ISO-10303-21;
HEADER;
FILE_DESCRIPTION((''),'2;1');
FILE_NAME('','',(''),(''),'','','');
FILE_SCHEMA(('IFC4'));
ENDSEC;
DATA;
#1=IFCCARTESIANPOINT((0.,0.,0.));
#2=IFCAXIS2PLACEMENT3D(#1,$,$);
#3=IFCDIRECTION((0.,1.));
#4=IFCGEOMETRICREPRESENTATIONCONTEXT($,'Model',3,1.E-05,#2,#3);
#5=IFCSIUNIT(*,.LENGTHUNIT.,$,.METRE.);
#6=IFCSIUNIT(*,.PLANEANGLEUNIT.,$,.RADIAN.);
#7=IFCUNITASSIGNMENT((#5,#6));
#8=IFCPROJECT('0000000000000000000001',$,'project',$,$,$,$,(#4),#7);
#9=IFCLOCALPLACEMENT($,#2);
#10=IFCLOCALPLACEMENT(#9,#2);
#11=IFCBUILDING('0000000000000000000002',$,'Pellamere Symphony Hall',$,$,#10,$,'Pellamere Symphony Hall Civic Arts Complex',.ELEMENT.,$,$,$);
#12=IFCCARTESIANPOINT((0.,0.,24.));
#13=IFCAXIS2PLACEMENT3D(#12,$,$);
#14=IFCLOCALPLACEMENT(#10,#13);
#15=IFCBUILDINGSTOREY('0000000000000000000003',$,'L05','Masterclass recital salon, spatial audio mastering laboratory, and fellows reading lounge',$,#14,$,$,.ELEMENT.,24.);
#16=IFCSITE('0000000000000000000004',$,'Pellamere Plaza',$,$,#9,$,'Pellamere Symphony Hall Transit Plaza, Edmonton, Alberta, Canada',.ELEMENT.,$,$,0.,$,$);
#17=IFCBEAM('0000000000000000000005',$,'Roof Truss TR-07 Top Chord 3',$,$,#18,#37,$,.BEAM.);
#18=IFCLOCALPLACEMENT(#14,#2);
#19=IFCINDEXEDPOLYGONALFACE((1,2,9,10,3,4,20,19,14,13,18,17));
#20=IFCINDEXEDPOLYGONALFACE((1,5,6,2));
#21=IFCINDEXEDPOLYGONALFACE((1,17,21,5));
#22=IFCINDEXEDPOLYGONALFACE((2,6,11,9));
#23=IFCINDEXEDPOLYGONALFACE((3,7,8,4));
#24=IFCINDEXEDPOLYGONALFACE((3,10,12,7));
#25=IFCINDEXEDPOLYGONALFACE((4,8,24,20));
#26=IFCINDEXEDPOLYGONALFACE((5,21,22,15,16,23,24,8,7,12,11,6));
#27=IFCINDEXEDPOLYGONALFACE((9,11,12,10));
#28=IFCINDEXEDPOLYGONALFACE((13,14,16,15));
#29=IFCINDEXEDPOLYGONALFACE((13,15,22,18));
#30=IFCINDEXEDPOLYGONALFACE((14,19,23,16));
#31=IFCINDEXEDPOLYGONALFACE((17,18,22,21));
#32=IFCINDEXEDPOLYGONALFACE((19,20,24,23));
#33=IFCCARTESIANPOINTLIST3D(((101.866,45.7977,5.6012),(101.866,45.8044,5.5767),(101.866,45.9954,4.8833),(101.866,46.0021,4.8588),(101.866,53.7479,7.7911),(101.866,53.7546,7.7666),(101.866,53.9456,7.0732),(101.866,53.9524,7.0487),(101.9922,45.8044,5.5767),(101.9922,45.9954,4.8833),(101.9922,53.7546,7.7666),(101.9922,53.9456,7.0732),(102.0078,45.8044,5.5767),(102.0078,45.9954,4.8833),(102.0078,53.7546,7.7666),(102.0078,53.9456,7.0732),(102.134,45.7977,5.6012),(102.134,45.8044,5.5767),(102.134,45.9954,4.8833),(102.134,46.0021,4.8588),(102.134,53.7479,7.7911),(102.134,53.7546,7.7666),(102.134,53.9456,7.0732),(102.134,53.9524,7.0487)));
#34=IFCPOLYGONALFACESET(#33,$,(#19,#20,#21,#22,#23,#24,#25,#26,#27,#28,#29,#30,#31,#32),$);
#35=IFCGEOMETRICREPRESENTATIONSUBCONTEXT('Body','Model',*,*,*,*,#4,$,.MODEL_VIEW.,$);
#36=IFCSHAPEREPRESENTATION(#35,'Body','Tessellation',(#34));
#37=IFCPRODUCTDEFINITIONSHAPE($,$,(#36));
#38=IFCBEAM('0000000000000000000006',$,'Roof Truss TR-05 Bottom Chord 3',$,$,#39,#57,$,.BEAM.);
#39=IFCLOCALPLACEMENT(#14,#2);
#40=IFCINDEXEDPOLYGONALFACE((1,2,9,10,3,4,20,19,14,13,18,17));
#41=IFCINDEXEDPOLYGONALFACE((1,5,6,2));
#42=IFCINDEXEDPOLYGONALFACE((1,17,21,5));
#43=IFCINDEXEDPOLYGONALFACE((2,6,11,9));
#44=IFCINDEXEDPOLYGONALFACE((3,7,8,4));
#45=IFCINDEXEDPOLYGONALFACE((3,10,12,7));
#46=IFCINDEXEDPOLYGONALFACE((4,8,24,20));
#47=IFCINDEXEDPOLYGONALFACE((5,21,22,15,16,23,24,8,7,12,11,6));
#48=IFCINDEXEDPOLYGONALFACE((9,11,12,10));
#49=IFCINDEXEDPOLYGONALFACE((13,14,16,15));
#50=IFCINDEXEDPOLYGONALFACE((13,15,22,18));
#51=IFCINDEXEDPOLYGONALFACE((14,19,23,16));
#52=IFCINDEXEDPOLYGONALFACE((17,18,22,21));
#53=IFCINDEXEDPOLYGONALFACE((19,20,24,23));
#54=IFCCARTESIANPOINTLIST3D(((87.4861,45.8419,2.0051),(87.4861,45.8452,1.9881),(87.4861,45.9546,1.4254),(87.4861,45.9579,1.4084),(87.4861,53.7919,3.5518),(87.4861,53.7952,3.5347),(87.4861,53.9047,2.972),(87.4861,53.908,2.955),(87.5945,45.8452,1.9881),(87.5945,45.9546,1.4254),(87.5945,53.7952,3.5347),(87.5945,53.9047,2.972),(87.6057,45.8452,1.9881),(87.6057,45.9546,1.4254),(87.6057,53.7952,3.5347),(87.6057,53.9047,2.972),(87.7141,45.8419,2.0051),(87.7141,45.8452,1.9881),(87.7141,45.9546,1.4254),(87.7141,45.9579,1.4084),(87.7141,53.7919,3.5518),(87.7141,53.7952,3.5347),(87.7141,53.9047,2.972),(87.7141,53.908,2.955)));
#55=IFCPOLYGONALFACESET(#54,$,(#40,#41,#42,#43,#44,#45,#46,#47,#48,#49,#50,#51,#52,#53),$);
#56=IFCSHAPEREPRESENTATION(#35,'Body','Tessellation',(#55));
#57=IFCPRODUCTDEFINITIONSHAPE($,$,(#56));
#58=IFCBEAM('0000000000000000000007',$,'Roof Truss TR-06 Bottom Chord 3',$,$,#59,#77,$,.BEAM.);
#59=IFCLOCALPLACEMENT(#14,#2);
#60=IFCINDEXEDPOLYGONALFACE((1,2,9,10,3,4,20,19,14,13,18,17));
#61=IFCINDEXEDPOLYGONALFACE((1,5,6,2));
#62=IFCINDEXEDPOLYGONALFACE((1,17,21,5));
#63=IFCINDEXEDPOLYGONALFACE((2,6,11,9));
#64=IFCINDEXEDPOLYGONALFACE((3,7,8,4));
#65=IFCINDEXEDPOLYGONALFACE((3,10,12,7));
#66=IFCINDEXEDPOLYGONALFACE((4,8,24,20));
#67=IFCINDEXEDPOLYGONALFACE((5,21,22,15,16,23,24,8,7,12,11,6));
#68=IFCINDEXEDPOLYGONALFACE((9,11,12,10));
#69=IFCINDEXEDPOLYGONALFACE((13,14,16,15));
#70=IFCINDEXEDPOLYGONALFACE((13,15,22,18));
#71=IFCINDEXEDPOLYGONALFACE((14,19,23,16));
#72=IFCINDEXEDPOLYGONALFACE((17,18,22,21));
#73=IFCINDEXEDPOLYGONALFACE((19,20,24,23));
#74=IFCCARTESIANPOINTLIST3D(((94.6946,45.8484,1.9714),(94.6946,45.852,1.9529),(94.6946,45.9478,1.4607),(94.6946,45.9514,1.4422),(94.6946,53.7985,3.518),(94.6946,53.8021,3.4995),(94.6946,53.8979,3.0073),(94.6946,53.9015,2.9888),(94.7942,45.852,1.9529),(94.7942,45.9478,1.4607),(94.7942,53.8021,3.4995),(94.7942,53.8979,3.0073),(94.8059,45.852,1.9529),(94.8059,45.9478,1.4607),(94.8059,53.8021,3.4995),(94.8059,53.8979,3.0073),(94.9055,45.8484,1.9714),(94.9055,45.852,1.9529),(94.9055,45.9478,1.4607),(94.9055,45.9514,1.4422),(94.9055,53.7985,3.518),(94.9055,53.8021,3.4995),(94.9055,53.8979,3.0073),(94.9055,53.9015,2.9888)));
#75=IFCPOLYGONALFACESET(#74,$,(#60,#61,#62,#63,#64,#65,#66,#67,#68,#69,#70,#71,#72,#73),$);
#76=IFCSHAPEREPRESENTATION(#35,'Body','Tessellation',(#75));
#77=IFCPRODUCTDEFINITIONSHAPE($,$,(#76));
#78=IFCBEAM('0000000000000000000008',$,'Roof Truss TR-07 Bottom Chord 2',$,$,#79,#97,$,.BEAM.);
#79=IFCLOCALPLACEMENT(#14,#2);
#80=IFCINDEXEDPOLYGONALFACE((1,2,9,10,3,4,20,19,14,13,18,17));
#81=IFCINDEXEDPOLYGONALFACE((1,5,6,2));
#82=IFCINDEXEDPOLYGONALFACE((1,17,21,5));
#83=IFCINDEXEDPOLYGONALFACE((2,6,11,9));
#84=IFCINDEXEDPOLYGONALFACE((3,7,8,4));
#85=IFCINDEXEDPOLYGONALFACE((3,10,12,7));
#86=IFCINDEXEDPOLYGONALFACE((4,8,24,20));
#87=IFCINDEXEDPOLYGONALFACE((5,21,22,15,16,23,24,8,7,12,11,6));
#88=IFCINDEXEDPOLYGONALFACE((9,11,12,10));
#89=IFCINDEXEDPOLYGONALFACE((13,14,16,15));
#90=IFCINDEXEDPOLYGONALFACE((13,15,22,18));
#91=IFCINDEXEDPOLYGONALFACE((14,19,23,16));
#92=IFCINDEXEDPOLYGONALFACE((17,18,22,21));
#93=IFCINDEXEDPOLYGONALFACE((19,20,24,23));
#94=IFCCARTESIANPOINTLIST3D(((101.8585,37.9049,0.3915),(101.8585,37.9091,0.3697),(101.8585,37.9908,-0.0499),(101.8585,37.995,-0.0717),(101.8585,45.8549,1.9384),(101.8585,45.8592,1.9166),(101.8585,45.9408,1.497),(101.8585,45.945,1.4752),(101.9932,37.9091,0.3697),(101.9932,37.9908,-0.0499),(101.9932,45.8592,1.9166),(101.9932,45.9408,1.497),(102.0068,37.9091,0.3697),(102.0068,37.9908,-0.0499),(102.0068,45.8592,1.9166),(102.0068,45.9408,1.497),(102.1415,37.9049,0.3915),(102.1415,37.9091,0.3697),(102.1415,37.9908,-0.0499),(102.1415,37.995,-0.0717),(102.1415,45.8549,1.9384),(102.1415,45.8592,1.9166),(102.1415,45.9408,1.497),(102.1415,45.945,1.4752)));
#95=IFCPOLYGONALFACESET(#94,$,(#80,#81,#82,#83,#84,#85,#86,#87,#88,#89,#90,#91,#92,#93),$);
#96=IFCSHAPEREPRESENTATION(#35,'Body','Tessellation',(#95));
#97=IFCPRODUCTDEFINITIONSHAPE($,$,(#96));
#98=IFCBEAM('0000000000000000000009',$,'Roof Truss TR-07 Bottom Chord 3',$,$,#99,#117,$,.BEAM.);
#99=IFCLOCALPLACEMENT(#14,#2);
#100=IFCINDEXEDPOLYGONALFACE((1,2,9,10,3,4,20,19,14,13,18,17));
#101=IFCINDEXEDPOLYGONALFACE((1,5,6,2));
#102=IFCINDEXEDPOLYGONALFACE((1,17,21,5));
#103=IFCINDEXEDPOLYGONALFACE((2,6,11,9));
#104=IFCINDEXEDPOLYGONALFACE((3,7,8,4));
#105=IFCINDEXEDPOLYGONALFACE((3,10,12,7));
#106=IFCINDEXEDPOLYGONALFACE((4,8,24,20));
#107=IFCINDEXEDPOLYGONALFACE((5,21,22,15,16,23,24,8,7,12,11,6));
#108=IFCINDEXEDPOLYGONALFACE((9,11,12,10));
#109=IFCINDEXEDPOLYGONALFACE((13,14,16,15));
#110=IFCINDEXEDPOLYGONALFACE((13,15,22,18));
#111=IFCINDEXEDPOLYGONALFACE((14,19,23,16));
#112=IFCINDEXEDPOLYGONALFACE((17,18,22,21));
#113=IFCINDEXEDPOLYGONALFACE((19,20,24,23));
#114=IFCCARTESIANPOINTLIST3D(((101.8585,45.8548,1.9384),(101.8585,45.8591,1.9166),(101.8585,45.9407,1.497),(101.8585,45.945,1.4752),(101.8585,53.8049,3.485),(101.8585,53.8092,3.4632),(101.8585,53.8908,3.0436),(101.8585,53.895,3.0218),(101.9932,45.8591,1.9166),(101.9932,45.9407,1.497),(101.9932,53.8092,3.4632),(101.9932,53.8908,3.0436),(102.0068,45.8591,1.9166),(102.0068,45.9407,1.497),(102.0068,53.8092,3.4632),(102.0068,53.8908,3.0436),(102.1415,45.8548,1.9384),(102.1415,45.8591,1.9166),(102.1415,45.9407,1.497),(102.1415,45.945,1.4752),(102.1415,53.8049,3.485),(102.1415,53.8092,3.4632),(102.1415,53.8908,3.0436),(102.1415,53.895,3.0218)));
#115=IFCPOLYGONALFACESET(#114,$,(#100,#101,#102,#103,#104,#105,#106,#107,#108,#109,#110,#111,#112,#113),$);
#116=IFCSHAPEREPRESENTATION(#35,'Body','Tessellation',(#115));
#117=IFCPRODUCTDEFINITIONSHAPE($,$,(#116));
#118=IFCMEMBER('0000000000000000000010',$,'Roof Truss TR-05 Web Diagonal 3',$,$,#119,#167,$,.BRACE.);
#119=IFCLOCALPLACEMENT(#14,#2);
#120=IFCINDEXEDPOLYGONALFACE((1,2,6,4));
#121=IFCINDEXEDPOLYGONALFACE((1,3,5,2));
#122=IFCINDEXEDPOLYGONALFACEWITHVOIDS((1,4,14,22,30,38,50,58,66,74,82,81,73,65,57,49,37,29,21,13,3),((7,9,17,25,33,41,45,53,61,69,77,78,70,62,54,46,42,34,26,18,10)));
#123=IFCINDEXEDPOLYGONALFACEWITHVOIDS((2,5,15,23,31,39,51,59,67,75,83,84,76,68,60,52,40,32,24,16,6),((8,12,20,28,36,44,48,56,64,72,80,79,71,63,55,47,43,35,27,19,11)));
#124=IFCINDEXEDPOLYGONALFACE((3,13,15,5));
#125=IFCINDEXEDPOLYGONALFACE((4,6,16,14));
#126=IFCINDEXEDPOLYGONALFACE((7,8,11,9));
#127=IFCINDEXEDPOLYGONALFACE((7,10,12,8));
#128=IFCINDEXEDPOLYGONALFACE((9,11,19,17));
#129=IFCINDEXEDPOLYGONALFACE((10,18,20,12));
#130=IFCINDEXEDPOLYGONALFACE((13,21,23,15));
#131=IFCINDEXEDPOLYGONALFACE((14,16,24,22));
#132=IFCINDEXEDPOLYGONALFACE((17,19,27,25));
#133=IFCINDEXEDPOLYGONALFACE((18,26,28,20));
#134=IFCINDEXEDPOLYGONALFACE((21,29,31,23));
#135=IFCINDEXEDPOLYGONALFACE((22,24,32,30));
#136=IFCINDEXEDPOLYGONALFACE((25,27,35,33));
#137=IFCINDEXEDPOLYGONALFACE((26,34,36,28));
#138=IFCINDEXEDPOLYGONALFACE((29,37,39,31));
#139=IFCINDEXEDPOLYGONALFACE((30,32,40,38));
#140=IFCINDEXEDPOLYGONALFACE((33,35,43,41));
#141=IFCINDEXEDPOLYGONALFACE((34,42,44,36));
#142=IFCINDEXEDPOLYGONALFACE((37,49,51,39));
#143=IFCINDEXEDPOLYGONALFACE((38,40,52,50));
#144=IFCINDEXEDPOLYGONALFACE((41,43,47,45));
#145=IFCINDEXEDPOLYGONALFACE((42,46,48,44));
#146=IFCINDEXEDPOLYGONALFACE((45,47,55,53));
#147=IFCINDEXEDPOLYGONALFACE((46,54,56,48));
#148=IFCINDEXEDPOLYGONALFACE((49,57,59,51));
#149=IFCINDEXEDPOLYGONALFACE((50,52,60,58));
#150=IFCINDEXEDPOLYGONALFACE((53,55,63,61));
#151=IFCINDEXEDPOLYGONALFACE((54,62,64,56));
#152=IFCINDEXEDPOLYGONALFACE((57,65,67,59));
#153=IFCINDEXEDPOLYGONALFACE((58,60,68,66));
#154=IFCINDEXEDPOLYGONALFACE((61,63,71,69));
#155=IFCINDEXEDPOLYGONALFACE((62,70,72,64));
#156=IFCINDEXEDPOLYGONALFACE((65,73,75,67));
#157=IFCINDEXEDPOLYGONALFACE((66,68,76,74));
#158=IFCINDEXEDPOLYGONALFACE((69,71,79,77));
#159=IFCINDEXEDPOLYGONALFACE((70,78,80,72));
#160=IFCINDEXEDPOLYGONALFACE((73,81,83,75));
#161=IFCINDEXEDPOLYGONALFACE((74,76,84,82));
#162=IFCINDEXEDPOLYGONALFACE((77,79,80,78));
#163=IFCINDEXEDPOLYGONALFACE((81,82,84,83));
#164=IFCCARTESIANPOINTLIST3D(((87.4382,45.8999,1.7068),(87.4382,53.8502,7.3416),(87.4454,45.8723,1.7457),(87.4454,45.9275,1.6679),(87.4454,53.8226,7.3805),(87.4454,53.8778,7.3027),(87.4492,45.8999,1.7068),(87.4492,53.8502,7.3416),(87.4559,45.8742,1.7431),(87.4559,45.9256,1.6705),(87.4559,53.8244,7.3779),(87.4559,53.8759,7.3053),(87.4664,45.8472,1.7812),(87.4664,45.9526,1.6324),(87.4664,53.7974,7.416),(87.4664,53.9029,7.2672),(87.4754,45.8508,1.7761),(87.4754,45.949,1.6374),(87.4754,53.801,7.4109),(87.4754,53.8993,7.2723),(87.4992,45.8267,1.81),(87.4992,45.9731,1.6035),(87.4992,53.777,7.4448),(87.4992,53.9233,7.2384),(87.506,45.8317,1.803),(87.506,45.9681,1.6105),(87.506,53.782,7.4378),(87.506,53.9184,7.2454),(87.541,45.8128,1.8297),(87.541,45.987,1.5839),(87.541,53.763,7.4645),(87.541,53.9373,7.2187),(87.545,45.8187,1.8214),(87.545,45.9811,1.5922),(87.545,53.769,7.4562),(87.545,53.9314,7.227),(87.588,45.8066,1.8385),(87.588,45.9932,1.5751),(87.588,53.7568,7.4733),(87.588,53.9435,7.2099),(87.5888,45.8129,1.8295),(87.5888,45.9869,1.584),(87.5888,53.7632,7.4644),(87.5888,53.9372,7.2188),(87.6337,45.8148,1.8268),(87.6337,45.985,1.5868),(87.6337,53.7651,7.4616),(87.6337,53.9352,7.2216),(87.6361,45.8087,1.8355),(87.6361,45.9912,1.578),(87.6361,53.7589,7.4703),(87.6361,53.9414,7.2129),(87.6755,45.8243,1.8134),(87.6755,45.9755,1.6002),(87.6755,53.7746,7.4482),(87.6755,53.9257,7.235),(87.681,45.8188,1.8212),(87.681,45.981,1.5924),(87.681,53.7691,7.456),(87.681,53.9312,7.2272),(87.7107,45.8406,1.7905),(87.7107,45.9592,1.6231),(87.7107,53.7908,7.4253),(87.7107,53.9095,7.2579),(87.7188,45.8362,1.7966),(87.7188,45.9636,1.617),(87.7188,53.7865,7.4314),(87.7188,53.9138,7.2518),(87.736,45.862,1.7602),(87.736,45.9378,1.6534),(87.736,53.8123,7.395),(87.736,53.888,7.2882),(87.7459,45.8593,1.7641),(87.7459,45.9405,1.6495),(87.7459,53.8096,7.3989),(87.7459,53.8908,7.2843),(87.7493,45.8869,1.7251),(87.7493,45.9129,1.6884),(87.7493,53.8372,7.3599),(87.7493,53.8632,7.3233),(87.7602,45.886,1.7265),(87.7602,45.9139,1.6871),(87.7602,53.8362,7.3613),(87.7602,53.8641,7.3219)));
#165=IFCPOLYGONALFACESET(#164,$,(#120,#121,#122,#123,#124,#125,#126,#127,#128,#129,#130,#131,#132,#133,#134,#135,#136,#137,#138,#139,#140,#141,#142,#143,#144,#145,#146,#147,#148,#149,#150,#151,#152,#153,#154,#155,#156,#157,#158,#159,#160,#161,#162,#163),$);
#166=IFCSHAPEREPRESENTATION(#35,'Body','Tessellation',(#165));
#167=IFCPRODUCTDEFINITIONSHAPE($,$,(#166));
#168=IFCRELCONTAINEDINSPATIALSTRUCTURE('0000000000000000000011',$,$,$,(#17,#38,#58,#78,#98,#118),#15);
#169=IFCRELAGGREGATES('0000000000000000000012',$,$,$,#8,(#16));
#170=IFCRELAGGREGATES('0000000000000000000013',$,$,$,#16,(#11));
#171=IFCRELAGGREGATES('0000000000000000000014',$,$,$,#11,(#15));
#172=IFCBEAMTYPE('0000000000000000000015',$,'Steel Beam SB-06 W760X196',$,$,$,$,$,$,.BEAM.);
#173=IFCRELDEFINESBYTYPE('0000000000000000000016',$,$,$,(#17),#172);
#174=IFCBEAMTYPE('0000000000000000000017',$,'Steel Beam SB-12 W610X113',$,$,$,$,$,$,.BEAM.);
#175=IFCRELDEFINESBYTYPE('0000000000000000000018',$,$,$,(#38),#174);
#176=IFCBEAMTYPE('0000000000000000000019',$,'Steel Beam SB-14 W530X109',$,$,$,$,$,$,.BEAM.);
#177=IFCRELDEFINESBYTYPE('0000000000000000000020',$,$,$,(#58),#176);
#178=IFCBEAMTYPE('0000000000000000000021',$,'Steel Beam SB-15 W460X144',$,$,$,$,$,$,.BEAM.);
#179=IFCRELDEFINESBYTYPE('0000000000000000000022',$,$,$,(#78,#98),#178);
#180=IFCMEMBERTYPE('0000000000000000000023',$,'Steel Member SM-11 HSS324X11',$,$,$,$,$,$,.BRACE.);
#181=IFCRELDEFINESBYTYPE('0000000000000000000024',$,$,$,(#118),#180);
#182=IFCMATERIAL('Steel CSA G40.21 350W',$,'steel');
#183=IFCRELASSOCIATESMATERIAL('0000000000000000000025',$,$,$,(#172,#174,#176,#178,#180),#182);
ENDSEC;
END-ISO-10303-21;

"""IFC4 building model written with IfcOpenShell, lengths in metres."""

from ifc_helpers import new_model, si_unit, direction, frame, origin, origin_2d, place, context, subcontext, project, spatial, hollow_circle, i_section, extrude, material, material_profile, profile_set, type_object, element, save


model = new_model("IFC4")

# Units and contexts
model_context = context("Model", 3, precision=1e-05, world=origin(), true_north=direction((0.0, 1.0)))
body_context = subcontext(model_context, "Body", "Model", "MODEL_VIEW")
ifc_project = project(units=[si_unit("LENGTHUNIT", "METRE"), si_unit("PLANEANGLEUNIT", "RADIAN")], contexts=[model_context])

# Site, building, storey
site_placement = place(None, origin())
site = spatial("IfcSite", under=ifc_project, at=site_placement, Name="Pellamere Plaza", LongName="Pellamere Symphony Hall Transit Plaza, Edmonton, Alberta, Canada", CompositionType="ELEMENT", RefElevation=0.0)
building_placement = place(site_placement, origin())
building = spatial("IfcBuilding", under=site, at=building_placement, Name="Pellamere Symphony Hall", LongName="Pellamere Symphony Hall Civic Arts Complex", CompositionType="ELEMENT")
storey_placement = place(building_placement, frame((0.0, 0.0, 24.0)))
storey = spatial("IfcBuildingStorey", under=building, at=storey_placement, Name="L05", Description="Masterclass recital salon, spatial audio mastering laboratory, and fellows reading lounge", CompositionType="ELEMENT", Elevation=24.0)

# Beams
ifc_material_1 = material(Name="Steel CSA G40.21 350W", Category="steel")
ifc_material_profile_1 = material_profile(ifc_material_1, i_section(OverallWidth=0.2681, OverallDepth=0.77, WebThickness=0.0156, FlangeThickness=0.0254, at=origin_2d()), Name="W760X196")
ifc_profile_set_1 = profile_set([ifc_material_profile_1], Name="Steel CSA G40.21 350W")
beam_type_1 = type_object("IfcBeamType", Name="Steel Beam SB-06 W760X196", PredefinedType="BEAM", material=ifc_profile_set_1)
beam_1_placement = place(storey_placement, frame((102.0, 45.8999, 5.23), z_axis=(0.0, 0.964093, 0.265567), x_axis=(-1.0, 0.0, 0.0)))
element("IfcBeam", 1, at=beam_1_placement, inside=storey, type_object=beam_type_1, Name="Roof Truss TR-07 Top Chord 3", PredefinedType="BEAM", context=body_context, shape_type="SweptSolid", body=[
    extrude(i_section(OverallWidth=0.2681, OverallDepth=0.77, WebThickness=0.0156, FlangeThickness=0.0254, at=origin_2d()), origin(), (0.0, 0.0, 1.0), 8.2463),
])
ifc_material_profile_2 = material_profile(ifc_material_1, i_section(OverallWidth=0.228, OverallDepth=0.6079, WebThickness=0.0112, FlangeThickness=0.0173, at=origin_2d()), Name="W610X113")
ifc_profile_set_2 = profile_set([ifc_material_profile_2], Name="Steel CSA G40.21 350W")
beam_type_2 = type_object("IfcBeamType", Name="Steel Beam SB-12 W610X113", PredefinedType="BEAM", material=ifc_profile_set_2)
beam_2_placement = place(storey_placement, frame((87.6001, 45.8999, 1.7068), z_axis=(0.0, 0.981598, 0.19096), x_axis=(-1.0, 0.0, 0.0)))
element("IfcBeam", 2, at=beam_2_placement, inside=storey, type_object=beam_type_2, Name="Roof Truss TR-05 Bottom Chord 3", PredefinedType="BEAM", context=body_context, shape_type="SweptSolid", body=[
    extrude(i_section(OverallWidth=0.228, OverallDepth=0.6079, WebThickness=0.0112, FlangeThickness=0.0173, at=origin_2d()), origin(), (0.0, 0.0, 1.0), 8.0991),
])
ifc_material_profile_3 = material_profile(ifc_material_1, i_section(OverallWidth=0.2109, OverallDepth=0.5391, WebThickness=0.0117, FlangeThickness=0.0188, at=origin_2d()), Name="W530X109")
ifc_profile_set_3 = profile_set([ifc_material_profile_3], Name="Steel CSA G40.21 350W")
beam_type_3 = type_object("IfcBeamType", Name="Steel Beam SB-14 W530X109", PredefinedType="BEAM", material=ifc_profile_set_3)
beam_3_placement = place(storey_placement, frame((94.8, 45.8999, 1.7068), z_axis=(0.0, 0.981598, 0.19096), x_axis=(-1.0, 0.0, 0.0)))
element("IfcBeam", 3, at=beam_3_placement, inside=storey, type_object=beam_type_3, Name="Roof Truss TR-06 Bottom Chord 3", PredefinedType="BEAM", context=body_context, shape_type="SweptSolid", body=[
    extrude(i_section(OverallWidth=0.2109, OverallDepth=0.5391, WebThickness=0.0117, FlangeThickness=0.0188, at=origin_2d()), origin(), (0.0, 0.0, 1.0), 8.0991),
])
ifc_material_profile_4 = material_profile(ifc_material_1, i_section(OverallWidth=0.283, OverallDepth=0.4719, WebThickness=0.0137, FlangeThickness=0.0222, at=origin_2d()), Name="W460X144")
ifc_profile_set_4 = profile_set([ifc_material_profile_4], Name="Steel CSA G40.21 350W")
beam_type_4 = type_object("IfcBeamType", Name="Steel Beam SB-15 W460X144", PredefinedType="BEAM", material=ifc_profile_set_4)
for number, where, z_axis, x_axis, name in (
    (4, (102.0, 37.95, 0.1599), (0.0, 0.981591, 0.190995), (-1.0, 0.0, 0.0), "Roof Truss TR-07 Bottom Chord 2"),
    (5, (102.0, 45.8999, 1.7068), (0.0, 0.981598, 0.19096), (-1.0, 0.0, 0.0), "Roof Truss TR-07 Bottom Chord 3"),
):
    element("IfcBeam", number, at=place(storey_placement, frame(where, z_axis=z_axis, x_axis=x_axis)), inside=storey, type_object=beam_type_4, Name=name, PredefinedType="BEAM", context=body_context, shape_type="SweptSolid", body=[
        extrude(i_section(OverallWidth=0.283, OverallDepth=0.4719, WebThickness=0.0137, FlangeThickness=0.0222, at=origin_2d()), origin(), (0.0, 0.0, 1.0), 8.0991),
    ])

# Member
ifc_material_profile_5 = material_profile(ifc_material_1, hollow_circle(Radius=0.1619, WallThickness=0.011, at=origin_2d()), Name="HSS324X11")
ifc_profile_set_5 = profile_set([ifc_material_profile_5], Name="Steel CSA G40.21 350W")
member_type_1 = type_object("IfcMemberType", Name="Steel Member SM-11 HSS324X11", PredefinedType="BRACE", material=ifc_profile_set_5)
member_1_placement = place(storey_placement, frame((87.6001, 45.8999, 1.7068), z_axis=(0.0, 0.815861, 0.578248), x_axis=(-1.0, 0.0, 0.0)))
element("IfcMember", 6, at=member_1_placement, inside=storey, type_object=member_type_1, Name="Roof Truss TR-05 Web Diagonal 3", PredefinedType="BRACE", context=body_context, shape_type="SweptSolid", body=[
    extrude(hollow_circle(Radius=0.1619, WallThickness=0.011, at=origin_2d()), origin(), (0.0, 0.0, 1.0), 9.7446),
])

save(model, "model.ifc")
